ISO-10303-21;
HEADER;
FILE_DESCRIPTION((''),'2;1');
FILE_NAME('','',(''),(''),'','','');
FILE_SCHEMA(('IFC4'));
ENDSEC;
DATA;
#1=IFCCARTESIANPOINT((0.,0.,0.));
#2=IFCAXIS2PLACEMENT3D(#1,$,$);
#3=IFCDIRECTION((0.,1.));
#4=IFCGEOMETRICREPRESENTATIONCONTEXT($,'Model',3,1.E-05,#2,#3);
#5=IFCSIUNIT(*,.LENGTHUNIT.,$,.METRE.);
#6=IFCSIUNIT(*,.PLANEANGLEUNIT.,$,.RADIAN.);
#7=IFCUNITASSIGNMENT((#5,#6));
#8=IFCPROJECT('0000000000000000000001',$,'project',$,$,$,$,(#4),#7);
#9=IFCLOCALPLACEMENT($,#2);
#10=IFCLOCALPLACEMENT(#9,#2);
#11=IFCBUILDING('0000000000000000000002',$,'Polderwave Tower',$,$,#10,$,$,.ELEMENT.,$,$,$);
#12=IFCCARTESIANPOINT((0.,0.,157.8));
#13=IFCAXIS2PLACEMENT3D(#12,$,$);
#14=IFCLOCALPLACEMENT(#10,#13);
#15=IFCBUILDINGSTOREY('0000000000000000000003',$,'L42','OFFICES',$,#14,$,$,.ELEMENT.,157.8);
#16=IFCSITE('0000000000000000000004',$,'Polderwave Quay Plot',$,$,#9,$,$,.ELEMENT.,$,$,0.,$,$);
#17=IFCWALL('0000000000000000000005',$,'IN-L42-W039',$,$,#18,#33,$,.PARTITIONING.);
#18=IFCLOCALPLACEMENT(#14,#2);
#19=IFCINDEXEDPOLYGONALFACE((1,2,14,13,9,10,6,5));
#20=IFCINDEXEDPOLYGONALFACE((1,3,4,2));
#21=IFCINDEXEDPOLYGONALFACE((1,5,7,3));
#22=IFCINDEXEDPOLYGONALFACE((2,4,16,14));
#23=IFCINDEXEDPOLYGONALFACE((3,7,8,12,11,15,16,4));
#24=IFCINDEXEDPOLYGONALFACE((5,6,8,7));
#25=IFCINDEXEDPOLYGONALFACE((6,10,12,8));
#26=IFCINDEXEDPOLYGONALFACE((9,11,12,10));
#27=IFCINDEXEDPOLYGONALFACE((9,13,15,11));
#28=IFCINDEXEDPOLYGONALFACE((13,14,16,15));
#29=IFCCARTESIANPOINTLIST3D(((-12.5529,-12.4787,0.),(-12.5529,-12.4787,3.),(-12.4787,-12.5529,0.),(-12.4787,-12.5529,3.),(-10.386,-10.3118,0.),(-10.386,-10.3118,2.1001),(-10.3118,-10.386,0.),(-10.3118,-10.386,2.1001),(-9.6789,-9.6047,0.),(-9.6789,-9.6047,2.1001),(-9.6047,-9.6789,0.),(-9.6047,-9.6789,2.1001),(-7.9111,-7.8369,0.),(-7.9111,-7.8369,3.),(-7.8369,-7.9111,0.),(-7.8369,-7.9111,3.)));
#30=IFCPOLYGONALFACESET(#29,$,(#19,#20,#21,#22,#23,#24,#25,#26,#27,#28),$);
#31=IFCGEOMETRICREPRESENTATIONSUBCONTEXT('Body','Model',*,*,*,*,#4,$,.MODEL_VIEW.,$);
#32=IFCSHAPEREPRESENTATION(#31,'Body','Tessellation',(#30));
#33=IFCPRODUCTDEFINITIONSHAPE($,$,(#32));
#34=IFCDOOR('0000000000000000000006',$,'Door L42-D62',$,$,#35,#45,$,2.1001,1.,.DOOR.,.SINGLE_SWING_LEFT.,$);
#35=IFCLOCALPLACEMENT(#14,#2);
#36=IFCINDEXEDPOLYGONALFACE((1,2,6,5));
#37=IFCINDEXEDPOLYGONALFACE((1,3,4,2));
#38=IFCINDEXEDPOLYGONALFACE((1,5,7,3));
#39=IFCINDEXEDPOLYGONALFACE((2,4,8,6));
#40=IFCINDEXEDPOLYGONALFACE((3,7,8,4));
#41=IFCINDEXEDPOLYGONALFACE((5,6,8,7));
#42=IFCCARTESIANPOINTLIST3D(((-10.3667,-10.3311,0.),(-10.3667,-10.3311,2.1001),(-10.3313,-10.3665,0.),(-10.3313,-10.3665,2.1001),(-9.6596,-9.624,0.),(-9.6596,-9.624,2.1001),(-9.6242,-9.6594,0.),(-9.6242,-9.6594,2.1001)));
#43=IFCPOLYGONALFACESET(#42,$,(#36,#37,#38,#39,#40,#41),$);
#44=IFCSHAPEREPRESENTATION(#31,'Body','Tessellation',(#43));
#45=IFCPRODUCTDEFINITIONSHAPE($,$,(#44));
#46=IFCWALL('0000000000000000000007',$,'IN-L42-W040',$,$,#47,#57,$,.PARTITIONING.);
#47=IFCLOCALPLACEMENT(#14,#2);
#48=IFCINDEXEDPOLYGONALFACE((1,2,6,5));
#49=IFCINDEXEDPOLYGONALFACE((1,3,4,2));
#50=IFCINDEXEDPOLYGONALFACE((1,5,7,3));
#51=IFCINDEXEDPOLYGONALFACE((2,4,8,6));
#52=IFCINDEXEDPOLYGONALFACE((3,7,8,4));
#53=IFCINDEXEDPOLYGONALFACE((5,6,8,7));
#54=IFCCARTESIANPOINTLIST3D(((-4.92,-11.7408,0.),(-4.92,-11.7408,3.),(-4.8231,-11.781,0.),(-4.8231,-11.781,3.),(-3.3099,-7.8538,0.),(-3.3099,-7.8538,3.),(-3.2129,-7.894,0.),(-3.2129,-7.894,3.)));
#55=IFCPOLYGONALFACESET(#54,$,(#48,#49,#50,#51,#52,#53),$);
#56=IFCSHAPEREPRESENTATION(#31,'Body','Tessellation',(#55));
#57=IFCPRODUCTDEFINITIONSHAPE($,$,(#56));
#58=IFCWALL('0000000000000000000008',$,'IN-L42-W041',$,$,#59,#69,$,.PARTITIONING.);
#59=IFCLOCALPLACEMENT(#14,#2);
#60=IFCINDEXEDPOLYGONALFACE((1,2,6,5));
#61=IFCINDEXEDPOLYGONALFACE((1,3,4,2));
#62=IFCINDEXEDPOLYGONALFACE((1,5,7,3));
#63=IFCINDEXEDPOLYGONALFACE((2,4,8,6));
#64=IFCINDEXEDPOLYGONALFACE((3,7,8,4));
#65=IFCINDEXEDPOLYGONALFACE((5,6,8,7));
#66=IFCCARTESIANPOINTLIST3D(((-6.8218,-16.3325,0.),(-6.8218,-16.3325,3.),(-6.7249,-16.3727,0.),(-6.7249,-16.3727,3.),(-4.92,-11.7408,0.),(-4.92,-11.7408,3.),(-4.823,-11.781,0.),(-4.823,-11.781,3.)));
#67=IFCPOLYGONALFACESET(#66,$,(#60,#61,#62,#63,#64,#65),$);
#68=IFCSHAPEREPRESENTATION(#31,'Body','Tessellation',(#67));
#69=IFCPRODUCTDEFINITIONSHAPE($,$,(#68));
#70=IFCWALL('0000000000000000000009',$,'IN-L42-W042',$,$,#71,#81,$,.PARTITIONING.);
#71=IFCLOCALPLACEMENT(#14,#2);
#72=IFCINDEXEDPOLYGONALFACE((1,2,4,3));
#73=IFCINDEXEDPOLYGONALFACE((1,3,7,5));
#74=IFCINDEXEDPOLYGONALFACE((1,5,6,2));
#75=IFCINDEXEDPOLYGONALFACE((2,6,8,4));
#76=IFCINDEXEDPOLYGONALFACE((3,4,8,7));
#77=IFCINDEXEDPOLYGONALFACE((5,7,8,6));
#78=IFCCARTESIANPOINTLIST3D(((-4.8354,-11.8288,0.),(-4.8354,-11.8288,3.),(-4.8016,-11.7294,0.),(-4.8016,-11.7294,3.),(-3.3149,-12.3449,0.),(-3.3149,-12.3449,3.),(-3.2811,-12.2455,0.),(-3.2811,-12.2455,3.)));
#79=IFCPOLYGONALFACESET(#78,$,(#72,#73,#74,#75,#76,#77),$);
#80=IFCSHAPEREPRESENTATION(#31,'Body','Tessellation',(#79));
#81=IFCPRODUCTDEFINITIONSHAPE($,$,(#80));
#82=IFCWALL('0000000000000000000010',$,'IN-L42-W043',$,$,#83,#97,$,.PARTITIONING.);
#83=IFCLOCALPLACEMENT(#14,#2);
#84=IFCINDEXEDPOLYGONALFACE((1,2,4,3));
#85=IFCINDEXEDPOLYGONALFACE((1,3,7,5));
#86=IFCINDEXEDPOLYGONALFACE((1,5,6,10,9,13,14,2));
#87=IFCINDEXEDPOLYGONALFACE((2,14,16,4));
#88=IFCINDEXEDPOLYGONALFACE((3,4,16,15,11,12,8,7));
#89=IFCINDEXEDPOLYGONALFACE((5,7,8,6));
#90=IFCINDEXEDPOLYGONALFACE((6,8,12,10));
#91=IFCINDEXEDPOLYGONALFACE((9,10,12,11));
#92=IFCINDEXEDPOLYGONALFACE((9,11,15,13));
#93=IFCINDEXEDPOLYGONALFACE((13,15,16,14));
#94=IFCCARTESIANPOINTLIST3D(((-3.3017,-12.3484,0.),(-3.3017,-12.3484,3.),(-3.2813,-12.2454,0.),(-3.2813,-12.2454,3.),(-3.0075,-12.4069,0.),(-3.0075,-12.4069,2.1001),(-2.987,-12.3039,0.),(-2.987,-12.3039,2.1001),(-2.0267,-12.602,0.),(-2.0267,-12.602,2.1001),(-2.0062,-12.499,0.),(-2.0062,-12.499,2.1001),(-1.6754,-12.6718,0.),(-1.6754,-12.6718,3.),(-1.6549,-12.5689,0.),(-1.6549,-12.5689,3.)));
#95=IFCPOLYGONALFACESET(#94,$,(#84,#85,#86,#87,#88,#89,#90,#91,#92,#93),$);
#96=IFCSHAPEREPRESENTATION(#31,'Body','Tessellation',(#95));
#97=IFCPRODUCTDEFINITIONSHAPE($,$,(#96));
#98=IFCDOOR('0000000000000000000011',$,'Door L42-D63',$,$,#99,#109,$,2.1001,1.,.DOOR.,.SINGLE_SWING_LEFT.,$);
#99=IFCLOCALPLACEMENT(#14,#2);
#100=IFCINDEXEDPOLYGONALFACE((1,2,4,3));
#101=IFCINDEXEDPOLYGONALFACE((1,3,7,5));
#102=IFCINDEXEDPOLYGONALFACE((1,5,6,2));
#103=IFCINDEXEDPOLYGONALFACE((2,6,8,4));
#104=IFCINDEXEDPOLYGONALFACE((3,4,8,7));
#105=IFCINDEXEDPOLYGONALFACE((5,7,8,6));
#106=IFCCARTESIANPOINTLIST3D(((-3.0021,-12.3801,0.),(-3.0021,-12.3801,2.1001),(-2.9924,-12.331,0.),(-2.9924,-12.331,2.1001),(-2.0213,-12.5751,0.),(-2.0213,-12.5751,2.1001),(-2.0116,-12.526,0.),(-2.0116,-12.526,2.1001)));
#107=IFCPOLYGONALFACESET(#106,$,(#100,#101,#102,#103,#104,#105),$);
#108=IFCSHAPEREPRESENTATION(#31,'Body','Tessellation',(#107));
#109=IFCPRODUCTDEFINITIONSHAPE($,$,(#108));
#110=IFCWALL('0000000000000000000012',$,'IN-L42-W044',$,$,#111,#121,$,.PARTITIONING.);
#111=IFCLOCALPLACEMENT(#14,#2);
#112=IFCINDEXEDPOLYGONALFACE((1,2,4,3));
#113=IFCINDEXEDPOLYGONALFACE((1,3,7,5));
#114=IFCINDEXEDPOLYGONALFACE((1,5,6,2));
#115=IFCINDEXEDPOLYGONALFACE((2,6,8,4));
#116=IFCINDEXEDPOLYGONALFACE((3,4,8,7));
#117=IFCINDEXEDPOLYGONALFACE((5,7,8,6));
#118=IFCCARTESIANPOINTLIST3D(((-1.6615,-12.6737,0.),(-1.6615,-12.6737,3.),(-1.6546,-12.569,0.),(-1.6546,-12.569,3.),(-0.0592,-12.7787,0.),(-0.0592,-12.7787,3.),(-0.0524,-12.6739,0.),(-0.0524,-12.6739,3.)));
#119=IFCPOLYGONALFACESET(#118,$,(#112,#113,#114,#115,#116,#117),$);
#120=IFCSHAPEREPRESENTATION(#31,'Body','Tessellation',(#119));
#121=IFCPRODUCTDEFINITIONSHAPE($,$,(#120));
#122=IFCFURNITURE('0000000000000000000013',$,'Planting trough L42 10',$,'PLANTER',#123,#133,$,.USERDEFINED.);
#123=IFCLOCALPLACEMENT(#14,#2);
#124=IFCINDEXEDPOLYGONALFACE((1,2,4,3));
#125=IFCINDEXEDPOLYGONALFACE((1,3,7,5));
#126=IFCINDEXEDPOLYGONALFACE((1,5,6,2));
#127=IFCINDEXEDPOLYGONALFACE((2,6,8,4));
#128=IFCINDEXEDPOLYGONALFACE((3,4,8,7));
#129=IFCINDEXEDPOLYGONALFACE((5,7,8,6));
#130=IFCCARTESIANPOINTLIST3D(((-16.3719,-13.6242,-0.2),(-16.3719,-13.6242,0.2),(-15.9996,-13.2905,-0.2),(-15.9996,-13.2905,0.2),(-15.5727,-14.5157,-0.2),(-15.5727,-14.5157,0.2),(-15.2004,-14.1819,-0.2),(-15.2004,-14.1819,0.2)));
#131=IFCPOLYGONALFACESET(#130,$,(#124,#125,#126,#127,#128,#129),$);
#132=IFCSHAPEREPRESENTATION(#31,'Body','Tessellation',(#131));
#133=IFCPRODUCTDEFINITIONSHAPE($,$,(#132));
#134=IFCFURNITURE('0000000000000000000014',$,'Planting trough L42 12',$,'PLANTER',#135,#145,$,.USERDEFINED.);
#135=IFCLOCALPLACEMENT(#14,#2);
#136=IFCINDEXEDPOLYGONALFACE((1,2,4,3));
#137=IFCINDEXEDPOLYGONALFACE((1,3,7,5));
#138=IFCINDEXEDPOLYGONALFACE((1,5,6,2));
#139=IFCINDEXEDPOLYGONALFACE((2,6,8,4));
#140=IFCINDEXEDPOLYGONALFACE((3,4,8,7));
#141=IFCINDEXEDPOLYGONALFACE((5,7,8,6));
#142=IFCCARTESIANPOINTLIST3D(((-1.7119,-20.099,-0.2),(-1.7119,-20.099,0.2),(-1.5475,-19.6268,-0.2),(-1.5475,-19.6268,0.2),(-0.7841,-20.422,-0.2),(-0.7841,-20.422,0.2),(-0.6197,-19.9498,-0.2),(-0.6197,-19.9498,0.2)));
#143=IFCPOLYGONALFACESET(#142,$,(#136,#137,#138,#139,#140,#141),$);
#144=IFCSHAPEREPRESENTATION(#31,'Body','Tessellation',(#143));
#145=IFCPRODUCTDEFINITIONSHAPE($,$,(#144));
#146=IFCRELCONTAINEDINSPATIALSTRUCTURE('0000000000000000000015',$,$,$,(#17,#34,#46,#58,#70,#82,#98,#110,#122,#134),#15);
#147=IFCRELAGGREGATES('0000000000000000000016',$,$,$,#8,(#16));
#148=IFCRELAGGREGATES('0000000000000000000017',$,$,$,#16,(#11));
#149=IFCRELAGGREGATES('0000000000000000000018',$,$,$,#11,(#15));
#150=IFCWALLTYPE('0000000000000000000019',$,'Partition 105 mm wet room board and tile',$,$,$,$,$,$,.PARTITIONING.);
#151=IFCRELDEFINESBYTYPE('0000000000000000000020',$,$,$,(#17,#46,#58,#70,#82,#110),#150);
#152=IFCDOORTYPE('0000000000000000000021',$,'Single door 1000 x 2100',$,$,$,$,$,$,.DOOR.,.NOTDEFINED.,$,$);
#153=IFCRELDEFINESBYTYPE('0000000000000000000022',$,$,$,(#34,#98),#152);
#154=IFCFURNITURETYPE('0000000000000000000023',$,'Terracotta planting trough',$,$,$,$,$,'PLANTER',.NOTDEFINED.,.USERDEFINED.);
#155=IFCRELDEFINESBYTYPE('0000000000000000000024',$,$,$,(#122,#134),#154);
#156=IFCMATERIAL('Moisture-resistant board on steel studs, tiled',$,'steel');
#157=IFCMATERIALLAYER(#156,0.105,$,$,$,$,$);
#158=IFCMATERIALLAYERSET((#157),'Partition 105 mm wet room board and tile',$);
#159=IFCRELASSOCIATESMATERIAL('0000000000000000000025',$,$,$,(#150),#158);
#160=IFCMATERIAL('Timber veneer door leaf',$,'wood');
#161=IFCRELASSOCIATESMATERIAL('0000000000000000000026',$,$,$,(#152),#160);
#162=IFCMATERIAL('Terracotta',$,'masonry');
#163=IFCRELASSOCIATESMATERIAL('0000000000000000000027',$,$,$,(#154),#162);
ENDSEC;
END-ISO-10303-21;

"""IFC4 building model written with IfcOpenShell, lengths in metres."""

from ifc_helpers import new_model, si_unit, direction, frame, frame_2d, origin, origin_2d, place, context, subcontext, project, spatial, rectangle, extrude, material, layer, layer_set, type_object, element, fill, save


model = new_model("IFC4")

# Units and contexts
model_context = context("Model", 3, precision=1e-05, world=origin(), true_north=direction((0.0, 1.0)))
body_context = subcontext(model_context, "Body", "Model", "MODEL_VIEW")
ifc_project = project(units=[si_unit("LENGTHUNIT", "METRE"), si_unit("PLANEANGLEUNIT", "RADIAN")], contexts=[model_context])

# Site, building, storey
site_placement = place(None, origin())
site = spatial("IfcSite", under=ifc_project, at=site_placement, Name="Polderwave Quay Plot", CompositionType="ELEMENT", RefElevation=0.0)
building_placement = place(site_placement, origin())
building = spatial("IfcBuilding", under=site, at=building_placement, Name="Polderwave Tower", CompositionType="ELEMENT")
storey_placement = place(building_placement, frame((0.0, 0.0, 157.8)))
storey = spatial("IfcBuildingStorey", under=building, at=storey_placement, Name="L42", Description="OFFICES", CompositionType="ELEMENT", Elevation=157.8)

# Wall, opening, door
ifc_material_1 = material(Name="Moisture-resistant board on steel studs, tiled", Category="steel")
ifc_layer_1 = layer(ifc_material_1, 0.105)
ifc_layer_set_1 = layer_set([ifc_layer_1], Name="Partition 105 mm wet room board and tile")
wall_type_1 = type_object("IfcWallType", Name="Partition 105 mm wet room board and tile", PredefinedType="PARTITIONING", material=ifc_layer_set_1)
wall_1_placement = place(storey_placement, frame((-7.874, -7.874, 0.0), z_axis=(0.0, 0.0, 1.0), x_axis=(-0.707107, -0.707107, 0.0)))
wall_1 = element("IfcWall", 1, at=wall_1_placement, inside=storey, type_object=wall_type_1, Name="IN-L42-W039", PredefinedType="PARTITIONING", context=body_context, shape_type="SweptSolid", body=[
    extrude(rectangle(XDim=6.5645, YDim=0.105, at=frame_2d((3.2822, 0.0))), origin(), (0.0, 0.0, 1.0), 3.0),
])
opening_1_placement = place(wall_1_placement, frame((2.5, 0.0, 0.0)))
opening_1 = element("IfcOpeningElement", 2, at=opening_1_placement, cuts=wall_1, PredefinedType="OPENING", context=body_context, shape_type="SweptSolid", body=[
    extrude(rectangle(XDim=1.0, YDim=2.1001, at=frame_2d((0.5, 1.05))), frame((0.0, 0.0625, 0.0), z_axis=(0.0, -1.0, 0.0), x_axis=(1.0, 0.0, 0.0)), (0.0, 0.0, 1.0), 0.125),
])
ifc_material_2 = material(Name="Timber veneer door leaf", Category="wood")
door_type = type_object("IfcDoorType", Name="Single door 1000 x 2100", OperationType="NOTDEFINED", PredefinedType="DOOR", material=ifc_material_2)
door_1_placement = place(opening_1_placement, origin())
door_1 = element("IfcDoor", 3, at=door_1_placement, inside=storey, type_object=door_type, Name="Door L42-D62", OperationType="SINGLE_SWING_LEFT", OverallHeight=2.1001, OverallWidth=1.0, PredefinedType="DOOR", context=body_context, shape_type="SweptSolid", body=[
    extrude(rectangle(XDim=1.0, YDim=2.1001, at=frame_2d((0.5, 1.05))), frame((0.0, 0.0249, 0.0), z_axis=(0.0, -1.0, 0.0), x_axis=(1.0, 0.0, 0.0)), (0.0, 0.0, 1.0), 0.05),
])
fill(opening_1, door_1)

# Walls
wall_2_placement = place(storey_placement, frame((-3.2615, -7.874, 0.0), z_axis=(0.0, 0.0, 1.0), x_axis=(-0.382699, -0.923873, 0.0)))
element("IfcWall", 4, at=wall_2_placement, inside=storey, type_object=wall_type_1, Name="IN-L42-W040", PredefinedType="PARTITIONING", context=body_context, shape_type="SweptSolid", body=[
    extrude(rectangle(XDim=4.2073, YDim=0.105, at=frame_2d((2.1035, 0.0))), origin(), (0.0, 0.0, 1.0), 3.0),
])
wall_3_placement = place(storey_placement, frame((-4.8716, -11.761, 0.0), z_axis=(0.0, 0.0, 1.0), x_axis=(-0.382661, -0.923889, 0.0)))
element("IfcWall", 5, at=wall_3_placement, inside=storey, type_object=wall_type_1, Name="IN-L42-W041", PredefinedType="PARTITIONING", context=body_context, shape_type="SweptSolid", body=[
    extrude(rectangle(XDim=4.97, YDim=0.105, at=frame_2d((2.4849, 0.0))), origin(), (0.0, 0.0, 1.0), 3.0),
])
wall_4_placement = place(storey_placement, frame((-3.2981, -12.2952, 0.0), z_axis=(0.0, 0.0, 1.0), x_axis=(-0.946936, 0.321423, 0.0)))
element("IfcWall", 6, at=wall_4_placement, inside=storey, type_object=wall_type_1, Name="IN-L42-W042", PredefinedType="PARTITIONING", context=body_context, shape_type="SweptSolid", body=[
    extrude(rectangle(XDim=1.6057, YDim=0.105, at=frame_2d((0.8027, 0.0))), origin(), (0.0, 0.0, 1.0), 3.0),
])

# Wall, opening, door
wall_5_placement = place(storey_placement, frame((-3.2915, -12.2969, 0.0), z_axis=(0.0, 0.0, 1.0), x_axis=(0.98079, -0.195068, 0.0)))
wall_5 = element("IfcWall", 7, at=wall_5_placement, inside=storey, type_object=wall_type_1, Name="IN-L42-W043", PredefinedType="PARTITIONING", context=body_context, shape_type="SweptSolid", body=[
    extrude(rectangle(XDim=1.6582, YDim=0.105, at=frame_2d((0.8291, 0.0))), origin(), (0.0, 0.0, 1.0), 3.0),
])
opening_2_placement = place(wall_5_placement, frame((0.3, 0.0, 0.0)))
opening_2 = element("IfcOpeningElement", 8, at=opening_2_placement, cuts=wall_5, PredefinedType="OPENING", context=body_context, shape_type="SweptSolid", body=[
    extrude(rectangle(XDim=1.0, YDim=2.1001, at=frame_2d((0.5, 1.05))), frame((0.0, 0.0625, 0.0), z_axis=(0.0, -1.0, 0.0), x_axis=(1.0, 0.0, 0.0)), (0.0, 0.0, 1.0), 0.125),
])
door_2_placement = place(opening_2_placement, origin())
door_2 = element("IfcDoor", 9, at=door_2_placement, inside=storey, type_object=door_type, Name="Door L42-D63", OperationType="SINGLE_SWING_LEFT", OverallHeight=2.1001, OverallWidth=1.0, PredefinedType="DOOR", context=body_context, shape_type="SweptSolid", body=[
    extrude(rectangle(XDim=1.0, YDim=2.1001, at=frame_2d((0.5, 1.05))), frame((0.0, 0.0249, 0.0), z_axis=(0.0, -1.0, 0.0), x_axis=(1.0, 0.0, 0.0)), (0.0, 0.0, 1.0), 0.05),
])
fill(opening_2, door_2)

# Wall
wall_6_placement = place(storey_placement, frame((-0.0559, -12.7263, 0.0), z_axis=(0.0, 0.0, 1.0), x_axis=(-0.997861, 0.065379, 0.0)))
element("IfcWall", 10, at=wall_6_placement, inside=storey, type_object=wall_type_1, Name="IN-L42-W044", PredefinedType="PARTITIONING", context=body_context, shape_type="SweptSolid", body=[
    extrude(rectangle(XDim=1.6057, YDim=0.105, at=frame_2d((0.8027, 0.0))), origin(), (0.0, 0.0, 1.0), 3.0),
])

# Furniture
ifc_material_3 = material(Name="Terracotta", Category="masonry")
furniture_type = type_object("IfcFurnitureType", Name="Terracotta planting trough", ElementType="PLANTER", AssemblyPlace="NOTDEFINED", PredefinedType="USERDEFINED", material=ifc_material_3)
furniture_1_placement = place(storey_placement, frame((-15.7861, -13.9031, -0.2), z_axis=(0.0, 0.0, 1.0), x_axis=(0.667534, -0.74458, 0.0)))
element("IfcFurniture", 11, at=furniture_1_placement, inside=storey, type_object=furniture_type, Name="Planting trough L42 10", ObjectType="PLANTER", PredefinedType="USERDEFINED", context=body_context, shape_type="SweptSolid", body=[
    extrude(rectangle(XDim=1.1973, YDim=0.5, at=origin_2d()), origin(), (0.0, 0.0, 1.0), 0.3999),
])
furniture_2_placement = place(storey_placement, frame((-1.1658, -20.0244, -0.2), z_axis=(0.0, 0.0, 1.0), x_axis=(0.944413, -0.328763, 0.0)))
element("IfcFurniture", 12, at=furniture_2_placement, inside=storey, type_object=furniture_type, Name="Planting trough L42 12", ObjectType="PLANTER", PredefinedType="USERDEFINED", context=body_context, shape_type="SweptSolid", body=[
    extrude(rectangle(XDim=0.9824, YDim=0.5, at=origin_2d()), origin(), (0.0, 0.0, 1.0), 0.3999),
])

save(model, "model.ifc")
